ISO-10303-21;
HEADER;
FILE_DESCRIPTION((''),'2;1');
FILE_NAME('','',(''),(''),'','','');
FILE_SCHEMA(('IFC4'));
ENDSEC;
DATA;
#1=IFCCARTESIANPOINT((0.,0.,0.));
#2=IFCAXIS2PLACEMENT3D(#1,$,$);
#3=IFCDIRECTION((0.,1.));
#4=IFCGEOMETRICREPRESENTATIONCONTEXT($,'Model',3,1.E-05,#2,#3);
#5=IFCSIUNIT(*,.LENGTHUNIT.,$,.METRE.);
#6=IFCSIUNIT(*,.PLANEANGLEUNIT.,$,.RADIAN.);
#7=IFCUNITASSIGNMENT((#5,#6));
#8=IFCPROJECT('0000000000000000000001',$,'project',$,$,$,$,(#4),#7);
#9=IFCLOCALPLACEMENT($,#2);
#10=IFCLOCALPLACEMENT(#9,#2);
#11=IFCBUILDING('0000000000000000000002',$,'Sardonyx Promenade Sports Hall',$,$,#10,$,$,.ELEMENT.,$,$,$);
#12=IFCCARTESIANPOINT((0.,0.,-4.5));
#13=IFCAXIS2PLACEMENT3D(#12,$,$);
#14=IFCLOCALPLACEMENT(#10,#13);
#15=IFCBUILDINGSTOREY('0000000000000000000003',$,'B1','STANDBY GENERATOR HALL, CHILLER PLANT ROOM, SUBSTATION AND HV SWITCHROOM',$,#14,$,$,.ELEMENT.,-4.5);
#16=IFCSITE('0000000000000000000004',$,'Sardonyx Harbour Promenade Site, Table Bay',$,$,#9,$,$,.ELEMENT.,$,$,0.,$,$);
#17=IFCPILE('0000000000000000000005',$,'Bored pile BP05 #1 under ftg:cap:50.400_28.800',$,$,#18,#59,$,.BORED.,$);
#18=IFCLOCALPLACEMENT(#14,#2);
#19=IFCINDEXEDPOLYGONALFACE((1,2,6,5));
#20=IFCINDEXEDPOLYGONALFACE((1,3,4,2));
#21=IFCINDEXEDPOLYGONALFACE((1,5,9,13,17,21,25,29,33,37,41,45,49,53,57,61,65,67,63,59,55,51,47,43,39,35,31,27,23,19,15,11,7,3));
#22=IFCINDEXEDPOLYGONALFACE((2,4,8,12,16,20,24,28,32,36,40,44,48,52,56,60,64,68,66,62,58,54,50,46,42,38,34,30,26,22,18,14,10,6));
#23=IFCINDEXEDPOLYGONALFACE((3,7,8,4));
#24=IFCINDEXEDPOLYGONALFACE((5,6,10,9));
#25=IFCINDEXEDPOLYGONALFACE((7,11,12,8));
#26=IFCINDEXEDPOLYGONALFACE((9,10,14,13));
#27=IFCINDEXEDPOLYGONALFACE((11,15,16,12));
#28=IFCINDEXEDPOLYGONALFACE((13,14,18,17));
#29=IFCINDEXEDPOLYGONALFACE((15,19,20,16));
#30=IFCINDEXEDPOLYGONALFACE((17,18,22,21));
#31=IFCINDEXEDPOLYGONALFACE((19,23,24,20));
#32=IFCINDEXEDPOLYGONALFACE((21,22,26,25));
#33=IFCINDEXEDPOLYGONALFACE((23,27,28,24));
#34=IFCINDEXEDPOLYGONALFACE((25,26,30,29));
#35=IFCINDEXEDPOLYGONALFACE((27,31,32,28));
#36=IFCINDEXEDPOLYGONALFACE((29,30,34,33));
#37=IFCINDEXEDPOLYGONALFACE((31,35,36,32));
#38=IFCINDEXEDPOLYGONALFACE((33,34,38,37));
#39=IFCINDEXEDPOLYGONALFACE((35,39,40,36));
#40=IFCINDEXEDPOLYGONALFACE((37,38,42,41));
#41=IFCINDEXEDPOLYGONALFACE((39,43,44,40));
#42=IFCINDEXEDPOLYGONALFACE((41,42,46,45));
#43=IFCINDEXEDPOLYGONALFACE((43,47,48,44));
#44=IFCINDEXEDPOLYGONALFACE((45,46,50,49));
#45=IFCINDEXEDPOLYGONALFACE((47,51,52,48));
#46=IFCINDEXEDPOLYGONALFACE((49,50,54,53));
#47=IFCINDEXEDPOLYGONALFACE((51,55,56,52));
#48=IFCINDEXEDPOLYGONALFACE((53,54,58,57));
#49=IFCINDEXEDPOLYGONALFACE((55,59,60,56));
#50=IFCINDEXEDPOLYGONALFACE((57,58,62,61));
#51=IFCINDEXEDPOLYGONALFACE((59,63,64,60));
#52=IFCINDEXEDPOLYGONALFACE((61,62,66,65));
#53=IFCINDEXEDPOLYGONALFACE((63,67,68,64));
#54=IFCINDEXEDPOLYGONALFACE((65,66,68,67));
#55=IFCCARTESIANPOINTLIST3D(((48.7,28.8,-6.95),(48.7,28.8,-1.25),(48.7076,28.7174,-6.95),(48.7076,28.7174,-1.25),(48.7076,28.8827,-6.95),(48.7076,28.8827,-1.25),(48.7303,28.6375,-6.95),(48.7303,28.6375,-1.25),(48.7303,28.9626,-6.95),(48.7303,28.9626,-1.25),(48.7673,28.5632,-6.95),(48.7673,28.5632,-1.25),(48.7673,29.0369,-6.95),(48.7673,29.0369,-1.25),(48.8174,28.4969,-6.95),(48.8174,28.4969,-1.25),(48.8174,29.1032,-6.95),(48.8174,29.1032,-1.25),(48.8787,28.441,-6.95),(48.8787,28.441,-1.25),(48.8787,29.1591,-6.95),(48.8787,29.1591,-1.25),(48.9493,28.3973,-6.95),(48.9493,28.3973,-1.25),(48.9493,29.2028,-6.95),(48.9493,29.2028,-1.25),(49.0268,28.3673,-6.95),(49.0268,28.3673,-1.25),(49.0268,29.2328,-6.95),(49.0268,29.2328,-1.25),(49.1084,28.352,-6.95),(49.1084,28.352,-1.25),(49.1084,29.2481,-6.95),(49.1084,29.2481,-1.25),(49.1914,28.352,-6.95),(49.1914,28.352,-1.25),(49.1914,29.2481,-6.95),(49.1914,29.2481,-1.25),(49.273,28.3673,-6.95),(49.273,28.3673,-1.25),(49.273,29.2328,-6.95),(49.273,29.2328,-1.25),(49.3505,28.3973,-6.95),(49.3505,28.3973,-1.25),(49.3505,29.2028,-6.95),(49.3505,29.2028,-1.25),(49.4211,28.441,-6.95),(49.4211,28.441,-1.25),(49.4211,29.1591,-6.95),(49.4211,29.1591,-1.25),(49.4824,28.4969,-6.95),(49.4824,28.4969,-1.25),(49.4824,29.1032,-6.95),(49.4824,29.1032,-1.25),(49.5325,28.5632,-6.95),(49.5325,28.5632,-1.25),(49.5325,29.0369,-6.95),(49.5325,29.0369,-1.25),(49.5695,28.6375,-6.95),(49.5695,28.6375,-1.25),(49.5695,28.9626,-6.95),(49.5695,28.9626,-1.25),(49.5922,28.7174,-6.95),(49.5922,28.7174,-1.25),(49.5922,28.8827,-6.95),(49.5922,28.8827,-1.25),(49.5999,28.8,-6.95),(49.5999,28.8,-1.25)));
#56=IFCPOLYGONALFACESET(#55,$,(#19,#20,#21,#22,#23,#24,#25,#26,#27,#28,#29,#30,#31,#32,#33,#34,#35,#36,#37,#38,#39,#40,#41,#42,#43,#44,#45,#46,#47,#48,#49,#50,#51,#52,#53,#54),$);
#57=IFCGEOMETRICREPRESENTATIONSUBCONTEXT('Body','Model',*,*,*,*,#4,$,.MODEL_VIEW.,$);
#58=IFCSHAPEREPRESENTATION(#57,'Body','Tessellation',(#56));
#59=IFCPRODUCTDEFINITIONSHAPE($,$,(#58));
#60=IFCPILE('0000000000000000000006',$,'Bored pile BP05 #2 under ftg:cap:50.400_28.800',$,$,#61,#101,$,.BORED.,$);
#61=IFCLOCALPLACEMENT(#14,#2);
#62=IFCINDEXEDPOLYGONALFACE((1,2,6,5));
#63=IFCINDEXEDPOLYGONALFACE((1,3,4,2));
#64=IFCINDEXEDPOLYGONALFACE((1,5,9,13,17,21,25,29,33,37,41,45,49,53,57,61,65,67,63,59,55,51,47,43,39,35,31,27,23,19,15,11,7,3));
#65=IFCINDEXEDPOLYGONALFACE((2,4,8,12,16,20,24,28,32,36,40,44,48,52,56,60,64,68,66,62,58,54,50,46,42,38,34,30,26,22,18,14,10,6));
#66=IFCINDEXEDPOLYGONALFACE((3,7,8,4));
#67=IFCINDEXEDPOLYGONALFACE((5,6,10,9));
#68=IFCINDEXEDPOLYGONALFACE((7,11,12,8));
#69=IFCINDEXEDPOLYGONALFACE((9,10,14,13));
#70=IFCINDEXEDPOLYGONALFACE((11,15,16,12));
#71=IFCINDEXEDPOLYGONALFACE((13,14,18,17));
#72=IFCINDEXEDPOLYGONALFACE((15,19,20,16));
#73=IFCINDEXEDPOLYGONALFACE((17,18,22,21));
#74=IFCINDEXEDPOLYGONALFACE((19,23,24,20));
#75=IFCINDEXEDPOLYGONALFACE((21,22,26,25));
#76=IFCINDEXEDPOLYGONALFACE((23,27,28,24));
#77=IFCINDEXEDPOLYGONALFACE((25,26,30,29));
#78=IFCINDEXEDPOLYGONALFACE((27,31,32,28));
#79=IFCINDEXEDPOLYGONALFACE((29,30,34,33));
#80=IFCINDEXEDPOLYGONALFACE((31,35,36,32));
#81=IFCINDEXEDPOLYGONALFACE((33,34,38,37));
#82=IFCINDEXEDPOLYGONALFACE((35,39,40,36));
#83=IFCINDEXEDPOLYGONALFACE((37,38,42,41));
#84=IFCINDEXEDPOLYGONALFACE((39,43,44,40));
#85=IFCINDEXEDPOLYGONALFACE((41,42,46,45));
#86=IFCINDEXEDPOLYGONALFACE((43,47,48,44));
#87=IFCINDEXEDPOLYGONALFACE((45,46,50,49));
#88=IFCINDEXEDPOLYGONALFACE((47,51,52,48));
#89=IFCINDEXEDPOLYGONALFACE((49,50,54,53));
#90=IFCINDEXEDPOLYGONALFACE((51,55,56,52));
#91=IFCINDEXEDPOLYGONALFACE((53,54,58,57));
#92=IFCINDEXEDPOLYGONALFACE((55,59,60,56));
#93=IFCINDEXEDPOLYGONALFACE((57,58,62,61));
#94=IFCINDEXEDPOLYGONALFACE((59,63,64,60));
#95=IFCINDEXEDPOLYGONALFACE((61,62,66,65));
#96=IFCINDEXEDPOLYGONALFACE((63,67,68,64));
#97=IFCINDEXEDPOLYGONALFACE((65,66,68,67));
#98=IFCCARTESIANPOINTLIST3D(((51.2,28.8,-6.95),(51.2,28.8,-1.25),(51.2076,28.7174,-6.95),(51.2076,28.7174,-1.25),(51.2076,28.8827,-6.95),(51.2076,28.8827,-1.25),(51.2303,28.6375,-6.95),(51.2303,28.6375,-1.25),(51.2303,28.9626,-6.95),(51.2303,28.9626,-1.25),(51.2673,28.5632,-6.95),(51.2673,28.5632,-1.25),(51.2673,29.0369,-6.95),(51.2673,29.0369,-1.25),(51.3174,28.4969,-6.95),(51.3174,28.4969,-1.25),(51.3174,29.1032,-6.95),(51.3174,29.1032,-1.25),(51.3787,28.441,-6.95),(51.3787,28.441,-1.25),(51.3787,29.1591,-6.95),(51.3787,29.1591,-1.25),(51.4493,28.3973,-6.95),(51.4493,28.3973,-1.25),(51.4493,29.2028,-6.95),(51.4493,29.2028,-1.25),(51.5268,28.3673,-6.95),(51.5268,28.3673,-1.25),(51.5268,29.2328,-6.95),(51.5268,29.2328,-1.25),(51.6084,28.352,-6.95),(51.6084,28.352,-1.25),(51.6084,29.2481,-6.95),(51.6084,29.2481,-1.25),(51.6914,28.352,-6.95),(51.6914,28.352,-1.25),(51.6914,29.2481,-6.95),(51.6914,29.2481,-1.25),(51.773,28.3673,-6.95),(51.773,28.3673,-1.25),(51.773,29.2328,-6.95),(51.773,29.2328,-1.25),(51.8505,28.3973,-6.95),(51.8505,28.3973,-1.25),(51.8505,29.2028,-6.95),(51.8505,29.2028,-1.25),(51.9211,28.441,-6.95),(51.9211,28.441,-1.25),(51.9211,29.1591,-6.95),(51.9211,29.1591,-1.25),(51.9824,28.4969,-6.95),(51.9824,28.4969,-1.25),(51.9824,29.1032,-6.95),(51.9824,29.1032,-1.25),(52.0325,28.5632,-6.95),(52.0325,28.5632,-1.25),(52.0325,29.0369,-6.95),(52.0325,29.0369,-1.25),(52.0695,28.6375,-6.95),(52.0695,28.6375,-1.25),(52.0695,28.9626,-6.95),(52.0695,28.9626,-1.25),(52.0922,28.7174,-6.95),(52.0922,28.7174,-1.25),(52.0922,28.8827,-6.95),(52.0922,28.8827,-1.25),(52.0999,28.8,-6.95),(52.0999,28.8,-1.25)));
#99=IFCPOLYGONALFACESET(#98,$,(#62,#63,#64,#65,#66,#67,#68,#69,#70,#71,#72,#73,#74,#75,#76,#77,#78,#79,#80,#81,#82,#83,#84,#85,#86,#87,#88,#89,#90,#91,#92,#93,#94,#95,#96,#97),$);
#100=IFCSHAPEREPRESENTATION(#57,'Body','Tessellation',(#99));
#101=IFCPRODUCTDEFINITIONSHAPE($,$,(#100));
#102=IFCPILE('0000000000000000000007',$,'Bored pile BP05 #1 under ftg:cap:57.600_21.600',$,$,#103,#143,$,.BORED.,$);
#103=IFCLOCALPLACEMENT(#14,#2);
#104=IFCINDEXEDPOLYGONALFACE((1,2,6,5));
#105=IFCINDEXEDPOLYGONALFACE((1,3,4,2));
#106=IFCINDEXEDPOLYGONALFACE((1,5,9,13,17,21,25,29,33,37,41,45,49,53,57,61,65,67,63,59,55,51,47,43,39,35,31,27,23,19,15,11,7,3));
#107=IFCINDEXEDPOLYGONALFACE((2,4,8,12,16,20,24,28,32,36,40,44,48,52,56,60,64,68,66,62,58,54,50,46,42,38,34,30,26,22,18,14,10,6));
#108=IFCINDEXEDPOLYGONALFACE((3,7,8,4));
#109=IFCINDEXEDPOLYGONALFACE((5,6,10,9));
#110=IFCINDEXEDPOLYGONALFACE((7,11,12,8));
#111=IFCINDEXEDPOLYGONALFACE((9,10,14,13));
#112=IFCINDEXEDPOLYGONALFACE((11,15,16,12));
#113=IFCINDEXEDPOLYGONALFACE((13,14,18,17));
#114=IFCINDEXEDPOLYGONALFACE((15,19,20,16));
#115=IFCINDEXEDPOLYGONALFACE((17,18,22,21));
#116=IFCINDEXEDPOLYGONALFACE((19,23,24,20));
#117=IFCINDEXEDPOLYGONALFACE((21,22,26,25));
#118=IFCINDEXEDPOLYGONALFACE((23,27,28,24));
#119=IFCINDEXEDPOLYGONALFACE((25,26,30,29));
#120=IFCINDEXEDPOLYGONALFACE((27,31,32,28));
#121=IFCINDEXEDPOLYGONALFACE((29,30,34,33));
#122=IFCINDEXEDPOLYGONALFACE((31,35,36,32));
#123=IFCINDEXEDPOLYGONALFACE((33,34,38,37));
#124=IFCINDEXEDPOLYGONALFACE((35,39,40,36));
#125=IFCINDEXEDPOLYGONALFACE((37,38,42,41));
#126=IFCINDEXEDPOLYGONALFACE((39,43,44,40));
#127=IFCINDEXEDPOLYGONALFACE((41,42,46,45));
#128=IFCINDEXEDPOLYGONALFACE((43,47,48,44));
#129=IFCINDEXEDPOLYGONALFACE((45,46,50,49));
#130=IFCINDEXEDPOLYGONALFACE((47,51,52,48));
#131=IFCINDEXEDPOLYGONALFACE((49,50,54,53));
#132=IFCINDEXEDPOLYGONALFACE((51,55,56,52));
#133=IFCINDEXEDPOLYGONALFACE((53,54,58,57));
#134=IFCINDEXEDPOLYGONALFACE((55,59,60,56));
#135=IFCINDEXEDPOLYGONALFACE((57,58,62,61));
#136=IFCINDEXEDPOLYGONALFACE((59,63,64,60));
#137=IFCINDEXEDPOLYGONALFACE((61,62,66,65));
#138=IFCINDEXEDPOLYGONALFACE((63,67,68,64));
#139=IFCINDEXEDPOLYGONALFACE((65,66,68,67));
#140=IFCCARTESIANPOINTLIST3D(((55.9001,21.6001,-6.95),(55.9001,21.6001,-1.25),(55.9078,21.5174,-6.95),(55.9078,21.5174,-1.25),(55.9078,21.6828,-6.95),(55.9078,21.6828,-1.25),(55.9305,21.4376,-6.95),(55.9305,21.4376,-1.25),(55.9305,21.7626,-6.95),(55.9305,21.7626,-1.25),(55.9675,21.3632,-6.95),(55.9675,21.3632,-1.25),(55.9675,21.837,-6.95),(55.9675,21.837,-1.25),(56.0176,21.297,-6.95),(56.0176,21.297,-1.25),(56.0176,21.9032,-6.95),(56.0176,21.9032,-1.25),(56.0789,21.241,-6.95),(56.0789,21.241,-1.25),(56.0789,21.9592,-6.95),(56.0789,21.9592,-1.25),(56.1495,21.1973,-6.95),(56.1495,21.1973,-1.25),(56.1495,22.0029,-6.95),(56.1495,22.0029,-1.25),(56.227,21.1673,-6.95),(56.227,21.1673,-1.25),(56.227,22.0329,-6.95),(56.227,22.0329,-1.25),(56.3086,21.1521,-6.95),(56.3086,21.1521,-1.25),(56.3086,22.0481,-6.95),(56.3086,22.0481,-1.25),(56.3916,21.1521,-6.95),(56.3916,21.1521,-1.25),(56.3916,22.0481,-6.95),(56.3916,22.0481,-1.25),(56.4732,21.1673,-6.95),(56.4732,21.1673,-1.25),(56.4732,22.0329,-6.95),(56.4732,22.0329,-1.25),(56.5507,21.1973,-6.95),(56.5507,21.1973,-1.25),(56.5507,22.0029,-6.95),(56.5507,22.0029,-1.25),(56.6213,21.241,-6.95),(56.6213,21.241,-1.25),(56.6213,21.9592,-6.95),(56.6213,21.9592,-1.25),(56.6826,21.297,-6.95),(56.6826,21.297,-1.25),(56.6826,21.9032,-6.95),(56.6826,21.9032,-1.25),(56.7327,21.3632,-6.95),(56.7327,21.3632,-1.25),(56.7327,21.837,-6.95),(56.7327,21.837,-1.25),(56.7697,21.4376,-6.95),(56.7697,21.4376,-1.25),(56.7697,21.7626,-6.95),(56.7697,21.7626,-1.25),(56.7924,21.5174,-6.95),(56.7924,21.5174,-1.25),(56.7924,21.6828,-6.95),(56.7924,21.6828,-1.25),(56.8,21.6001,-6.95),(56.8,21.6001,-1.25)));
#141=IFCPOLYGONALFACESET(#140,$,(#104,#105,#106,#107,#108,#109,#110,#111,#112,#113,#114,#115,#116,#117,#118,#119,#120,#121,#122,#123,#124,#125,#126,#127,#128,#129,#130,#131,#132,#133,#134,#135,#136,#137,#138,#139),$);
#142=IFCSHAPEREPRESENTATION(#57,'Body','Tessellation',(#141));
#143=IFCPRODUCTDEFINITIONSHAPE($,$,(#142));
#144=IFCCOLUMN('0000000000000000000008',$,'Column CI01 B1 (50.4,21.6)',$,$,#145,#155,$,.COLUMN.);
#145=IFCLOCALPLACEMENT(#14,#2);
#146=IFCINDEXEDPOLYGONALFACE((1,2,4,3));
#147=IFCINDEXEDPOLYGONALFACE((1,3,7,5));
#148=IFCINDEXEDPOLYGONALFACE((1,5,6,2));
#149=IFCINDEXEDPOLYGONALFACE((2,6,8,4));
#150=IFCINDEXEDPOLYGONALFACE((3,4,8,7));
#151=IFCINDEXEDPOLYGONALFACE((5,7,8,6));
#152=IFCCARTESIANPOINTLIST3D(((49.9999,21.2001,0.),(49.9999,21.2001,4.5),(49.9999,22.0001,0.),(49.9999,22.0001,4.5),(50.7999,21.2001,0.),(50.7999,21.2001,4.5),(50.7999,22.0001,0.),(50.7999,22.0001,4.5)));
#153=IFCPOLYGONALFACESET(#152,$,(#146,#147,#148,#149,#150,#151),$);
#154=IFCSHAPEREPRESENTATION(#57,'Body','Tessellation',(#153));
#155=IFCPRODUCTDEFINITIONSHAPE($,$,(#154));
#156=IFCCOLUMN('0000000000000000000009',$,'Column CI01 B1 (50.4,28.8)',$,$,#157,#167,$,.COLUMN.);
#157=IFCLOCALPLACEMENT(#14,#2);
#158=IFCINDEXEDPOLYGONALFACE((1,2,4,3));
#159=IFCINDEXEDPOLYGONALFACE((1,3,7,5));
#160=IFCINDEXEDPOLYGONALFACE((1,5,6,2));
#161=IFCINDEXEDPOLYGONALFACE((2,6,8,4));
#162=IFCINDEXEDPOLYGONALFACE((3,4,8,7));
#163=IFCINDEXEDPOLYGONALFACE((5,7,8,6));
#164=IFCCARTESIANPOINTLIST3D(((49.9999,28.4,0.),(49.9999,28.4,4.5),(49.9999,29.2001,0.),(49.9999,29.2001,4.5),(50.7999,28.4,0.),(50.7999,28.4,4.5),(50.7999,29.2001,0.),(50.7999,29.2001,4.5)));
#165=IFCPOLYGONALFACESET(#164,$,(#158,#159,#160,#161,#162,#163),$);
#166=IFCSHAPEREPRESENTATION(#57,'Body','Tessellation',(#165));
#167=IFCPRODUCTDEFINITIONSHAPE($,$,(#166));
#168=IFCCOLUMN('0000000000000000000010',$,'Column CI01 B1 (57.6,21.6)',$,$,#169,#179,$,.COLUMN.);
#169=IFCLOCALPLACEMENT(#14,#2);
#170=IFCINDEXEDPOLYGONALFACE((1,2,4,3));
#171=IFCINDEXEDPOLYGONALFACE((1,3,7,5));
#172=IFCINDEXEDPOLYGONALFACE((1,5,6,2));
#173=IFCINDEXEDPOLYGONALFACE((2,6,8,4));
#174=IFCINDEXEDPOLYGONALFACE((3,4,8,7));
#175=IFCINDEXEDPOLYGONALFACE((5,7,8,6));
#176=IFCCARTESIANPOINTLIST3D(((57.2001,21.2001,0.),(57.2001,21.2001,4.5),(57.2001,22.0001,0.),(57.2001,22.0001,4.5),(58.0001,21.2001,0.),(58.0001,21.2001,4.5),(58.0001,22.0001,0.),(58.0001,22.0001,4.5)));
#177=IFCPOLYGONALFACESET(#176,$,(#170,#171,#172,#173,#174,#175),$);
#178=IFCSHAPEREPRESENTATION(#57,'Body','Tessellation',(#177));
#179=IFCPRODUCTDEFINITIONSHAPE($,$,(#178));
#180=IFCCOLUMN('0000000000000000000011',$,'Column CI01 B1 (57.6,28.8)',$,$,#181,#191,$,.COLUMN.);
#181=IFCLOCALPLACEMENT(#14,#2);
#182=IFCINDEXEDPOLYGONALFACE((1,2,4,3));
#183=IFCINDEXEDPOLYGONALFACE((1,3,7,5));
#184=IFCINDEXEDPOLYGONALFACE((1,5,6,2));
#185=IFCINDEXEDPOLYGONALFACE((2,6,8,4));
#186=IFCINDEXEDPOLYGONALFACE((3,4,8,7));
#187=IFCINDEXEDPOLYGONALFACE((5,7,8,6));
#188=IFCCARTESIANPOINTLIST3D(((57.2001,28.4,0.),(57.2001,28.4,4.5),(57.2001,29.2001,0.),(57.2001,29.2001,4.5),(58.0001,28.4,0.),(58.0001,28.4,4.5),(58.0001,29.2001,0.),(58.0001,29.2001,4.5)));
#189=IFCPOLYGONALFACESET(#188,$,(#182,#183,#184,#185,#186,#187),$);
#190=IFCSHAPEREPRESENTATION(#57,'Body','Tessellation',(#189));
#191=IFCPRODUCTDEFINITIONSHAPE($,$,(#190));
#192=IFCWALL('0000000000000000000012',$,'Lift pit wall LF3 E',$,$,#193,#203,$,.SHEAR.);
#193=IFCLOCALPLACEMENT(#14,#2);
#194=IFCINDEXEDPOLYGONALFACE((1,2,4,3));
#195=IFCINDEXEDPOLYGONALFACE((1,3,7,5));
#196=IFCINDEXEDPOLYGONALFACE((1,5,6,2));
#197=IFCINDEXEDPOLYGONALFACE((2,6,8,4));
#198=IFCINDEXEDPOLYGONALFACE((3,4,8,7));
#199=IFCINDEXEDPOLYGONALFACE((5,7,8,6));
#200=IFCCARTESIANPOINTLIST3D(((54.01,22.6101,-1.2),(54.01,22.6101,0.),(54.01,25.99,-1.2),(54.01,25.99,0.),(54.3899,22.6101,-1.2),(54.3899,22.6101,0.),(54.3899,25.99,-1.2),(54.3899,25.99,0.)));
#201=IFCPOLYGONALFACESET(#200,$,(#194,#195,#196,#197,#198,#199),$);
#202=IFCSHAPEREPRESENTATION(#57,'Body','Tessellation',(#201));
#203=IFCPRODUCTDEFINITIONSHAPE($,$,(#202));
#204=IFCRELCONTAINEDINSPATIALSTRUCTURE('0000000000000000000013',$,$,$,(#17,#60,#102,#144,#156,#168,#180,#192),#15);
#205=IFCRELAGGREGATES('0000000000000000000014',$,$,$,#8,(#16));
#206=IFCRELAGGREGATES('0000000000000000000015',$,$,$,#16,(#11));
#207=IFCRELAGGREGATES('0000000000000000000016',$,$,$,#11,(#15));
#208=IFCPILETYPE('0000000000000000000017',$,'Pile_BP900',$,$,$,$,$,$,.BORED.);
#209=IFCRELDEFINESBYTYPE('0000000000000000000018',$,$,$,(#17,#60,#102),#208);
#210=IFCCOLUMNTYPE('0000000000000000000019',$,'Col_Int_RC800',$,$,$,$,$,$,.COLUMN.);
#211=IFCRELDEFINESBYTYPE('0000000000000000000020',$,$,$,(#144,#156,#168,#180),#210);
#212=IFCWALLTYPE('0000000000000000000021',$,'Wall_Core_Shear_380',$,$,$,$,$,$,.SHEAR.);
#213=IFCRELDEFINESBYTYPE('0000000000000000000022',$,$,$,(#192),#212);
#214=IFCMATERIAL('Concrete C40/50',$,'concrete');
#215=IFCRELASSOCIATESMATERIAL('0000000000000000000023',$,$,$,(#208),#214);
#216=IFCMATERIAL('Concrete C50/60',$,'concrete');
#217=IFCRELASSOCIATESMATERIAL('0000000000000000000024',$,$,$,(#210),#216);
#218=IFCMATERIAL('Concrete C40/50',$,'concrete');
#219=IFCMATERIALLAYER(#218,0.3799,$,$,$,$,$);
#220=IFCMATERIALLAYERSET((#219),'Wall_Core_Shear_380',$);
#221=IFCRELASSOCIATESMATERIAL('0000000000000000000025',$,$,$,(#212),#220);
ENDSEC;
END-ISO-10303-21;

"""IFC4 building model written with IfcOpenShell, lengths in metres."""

from ifc_helpers import new_model, si_unit, direction, frame, frame_2d, origin, origin_2d, place, context, subcontext, project, spatial, rectangle, circle, extrude, material, layer, layer_set, material_profile, profile_set, type_object, element, save


model = new_model("IFC4")

# Units and contexts
model_context = context("Model", 3, precision=1e-05, world=origin(), true_north=direction((0.0, 1.0)))
body_context = subcontext(model_context, "Body", "Model", "MODEL_VIEW")
ifc_project = project(units=[si_unit("LENGTHUNIT", "METRE"), si_unit("PLANEANGLEUNIT", "RADIAN")], contexts=[model_context])

# Site, building, storey
site_placement = place(None, origin())
site = spatial("IfcSite", under=ifc_project, at=site_placement, Name="Sardonyx Harbour Promenade Site, Table Bay", CompositionType="ELEMENT", RefElevation=0.0)
building_placement = place(site_placement, origin())
building = spatial("IfcBuilding", under=site, at=building_placement, Name="Sardonyx Promenade Sports Hall", CompositionType="ELEMENT")
storey_placement = place(building_placement, frame((0.0, 0.0, -4.5)))
storey = spatial("IfcBuildingStorey", under=building, at=storey_placement, Name="B1", Description="STANDBY GENERATOR HALL, CHILLER PLANT ROOM, SUBSTATION AND HV SWITCHROOM", CompositionType="ELEMENT", Elevation=-4.5)

# Piles
ifc_material_1 = material(Name="Concrete C40/50", Category="concrete")
ifc_material_profile_1 = material_profile(ifc_material_1, circle(Radius=0.45, at=origin_2d()))
ifc_profile_set_1 = profile_set([ifc_material_profile_1], Name="Concrete C40/50")
pile_type_1 = type_object("IfcPileType", Name="Pile_BP900", PredefinedType="BORED", material=ifc_profile_set_1)
for number, where, z_axis, x_axis, name in (
    (1, (49.1499, 28.8, -1.25), (0.0, 0.0, -1.0), (1.0, 0.0, 0.0), "Bored pile BP05 #1 under ftg:cap:50.400_28.800"),
    (2, (51.6499, 28.8, -1.25), (0.0, 0.0, -1.0), (1.0, 0.0, 0.0), "Bored pile BP05 #2 under ftg:cap:50.400_28.800"),
    (3, (56.3501, 21.6001, -1.25), (0.0, 0.0, -1.0), (1.0, 0.0, 0.0), "Bored pile BP05 #1 under ftg:cap:57.600_21.600"),
):
    element("IfcPile", number, at=place(storey_placement, frame(where, z_axis=z_axis, x_axis=x_axis)), inside=storey, type_object=pile_type_1, Name=name, PredefinedType="BORED", context=body_context, shape_type="SweptSolid", body=[
        extrude(circle(Radius=0.45, at=origin_2d()), origin(), (0.0, 0.0, 1.0), 5.7),
    ])

# Columns
ifc_material_2 = material(Name="Concrete C50/60", Category="concrete")
ifc_material_profile_2 = material_profile(ifc_material_2, rectangle(XDim=0.8, YDim=0.8, at=origin_2d()))
ifc_profile_set_2 = profile_set([ifc_material_profile_2], Name="Concrete C50/60")
column_type = type_object("IfcColumnType", Name="Col_Int_RC800", PredefinedType="COLUMN", material=ifc_profile_set_2)
for number, where, z_axis, x_axis, name in (
    (4, (50.3999, 21.6001, 0.0), (0.0, 0.0, 1.0), (1.0, 0.0, 0.0), "Column CI01 B1 (50.4,21.6)"),
    (5, (50.3999, 28.8, 0.0), (0.0, 0.0, 1.0), (1.0, 0.0, 0.0), "Column CI01 B1 (50.4,28.8)"),
    (6, (57.6001, 21.6001, 0.0), (0.0, 0.0, 1.0), (1.0, 0.0, 0.0), "Column CI01 B1 (57.6,21.6)"),
    (7, (57.6001, 28.8, 0.0), (0.0, 0.0, 1.0), (1.0, 0.0, 0.0), "Column CI01 B1 (57.6,28.8)"),
):
    element("IfcColumn", number, at=place(storey_placement, frame(where, z_axis=z_axis, x_axis=x_axis)), inside=storey, type_object=column_type, Name=name, PredefinedType="COLUMN", context=body_context, shape_type="SweptSolid", body=[
        extrude(rectangle(XDim=0.8, YDim=0.8, at=origin_2d()), origin(), (0.0, 0.0, 1.0), 4.5),
    ])

# Wall
ifc_material_3 = material(Name="Concrete C40/50", Category="concrete")
ifc_layer_1 = layer(ifc_material_3, 0.3799)
ifc_layer_set_1 = layer_set([ifc_layer_1], Name="Wall_Core_Shear_380")
wall_type_1 = type_object("IfcWallType", Name="Wall_Core_Shear_380", PredefinedType="SHEAR", material=ifc_layer_set_1)
wall_1_placement = place(storey_placement, frame((54.2, 22.6101, -1.2), z_axis=(0.0, 0.0, 1.0), x_axis=(0.0, 1.0, 0.0)))
element("IfcWall", 8, at=wall_1_placement, inside=storey, type_object=wall_type_1, Name="Lift pit wall LF3 E", PredefinedType="SHEAR", context=body_context, shape_type="SweptSolid", body=[
    extrude(rectangle(XDim=3.3799, YDim=0.3799, at=frame_2d((1.6899, 0.0))), origin(), (0.0, 0.0, 1.0), 1.2),
])

save(model, "model.ifc")
